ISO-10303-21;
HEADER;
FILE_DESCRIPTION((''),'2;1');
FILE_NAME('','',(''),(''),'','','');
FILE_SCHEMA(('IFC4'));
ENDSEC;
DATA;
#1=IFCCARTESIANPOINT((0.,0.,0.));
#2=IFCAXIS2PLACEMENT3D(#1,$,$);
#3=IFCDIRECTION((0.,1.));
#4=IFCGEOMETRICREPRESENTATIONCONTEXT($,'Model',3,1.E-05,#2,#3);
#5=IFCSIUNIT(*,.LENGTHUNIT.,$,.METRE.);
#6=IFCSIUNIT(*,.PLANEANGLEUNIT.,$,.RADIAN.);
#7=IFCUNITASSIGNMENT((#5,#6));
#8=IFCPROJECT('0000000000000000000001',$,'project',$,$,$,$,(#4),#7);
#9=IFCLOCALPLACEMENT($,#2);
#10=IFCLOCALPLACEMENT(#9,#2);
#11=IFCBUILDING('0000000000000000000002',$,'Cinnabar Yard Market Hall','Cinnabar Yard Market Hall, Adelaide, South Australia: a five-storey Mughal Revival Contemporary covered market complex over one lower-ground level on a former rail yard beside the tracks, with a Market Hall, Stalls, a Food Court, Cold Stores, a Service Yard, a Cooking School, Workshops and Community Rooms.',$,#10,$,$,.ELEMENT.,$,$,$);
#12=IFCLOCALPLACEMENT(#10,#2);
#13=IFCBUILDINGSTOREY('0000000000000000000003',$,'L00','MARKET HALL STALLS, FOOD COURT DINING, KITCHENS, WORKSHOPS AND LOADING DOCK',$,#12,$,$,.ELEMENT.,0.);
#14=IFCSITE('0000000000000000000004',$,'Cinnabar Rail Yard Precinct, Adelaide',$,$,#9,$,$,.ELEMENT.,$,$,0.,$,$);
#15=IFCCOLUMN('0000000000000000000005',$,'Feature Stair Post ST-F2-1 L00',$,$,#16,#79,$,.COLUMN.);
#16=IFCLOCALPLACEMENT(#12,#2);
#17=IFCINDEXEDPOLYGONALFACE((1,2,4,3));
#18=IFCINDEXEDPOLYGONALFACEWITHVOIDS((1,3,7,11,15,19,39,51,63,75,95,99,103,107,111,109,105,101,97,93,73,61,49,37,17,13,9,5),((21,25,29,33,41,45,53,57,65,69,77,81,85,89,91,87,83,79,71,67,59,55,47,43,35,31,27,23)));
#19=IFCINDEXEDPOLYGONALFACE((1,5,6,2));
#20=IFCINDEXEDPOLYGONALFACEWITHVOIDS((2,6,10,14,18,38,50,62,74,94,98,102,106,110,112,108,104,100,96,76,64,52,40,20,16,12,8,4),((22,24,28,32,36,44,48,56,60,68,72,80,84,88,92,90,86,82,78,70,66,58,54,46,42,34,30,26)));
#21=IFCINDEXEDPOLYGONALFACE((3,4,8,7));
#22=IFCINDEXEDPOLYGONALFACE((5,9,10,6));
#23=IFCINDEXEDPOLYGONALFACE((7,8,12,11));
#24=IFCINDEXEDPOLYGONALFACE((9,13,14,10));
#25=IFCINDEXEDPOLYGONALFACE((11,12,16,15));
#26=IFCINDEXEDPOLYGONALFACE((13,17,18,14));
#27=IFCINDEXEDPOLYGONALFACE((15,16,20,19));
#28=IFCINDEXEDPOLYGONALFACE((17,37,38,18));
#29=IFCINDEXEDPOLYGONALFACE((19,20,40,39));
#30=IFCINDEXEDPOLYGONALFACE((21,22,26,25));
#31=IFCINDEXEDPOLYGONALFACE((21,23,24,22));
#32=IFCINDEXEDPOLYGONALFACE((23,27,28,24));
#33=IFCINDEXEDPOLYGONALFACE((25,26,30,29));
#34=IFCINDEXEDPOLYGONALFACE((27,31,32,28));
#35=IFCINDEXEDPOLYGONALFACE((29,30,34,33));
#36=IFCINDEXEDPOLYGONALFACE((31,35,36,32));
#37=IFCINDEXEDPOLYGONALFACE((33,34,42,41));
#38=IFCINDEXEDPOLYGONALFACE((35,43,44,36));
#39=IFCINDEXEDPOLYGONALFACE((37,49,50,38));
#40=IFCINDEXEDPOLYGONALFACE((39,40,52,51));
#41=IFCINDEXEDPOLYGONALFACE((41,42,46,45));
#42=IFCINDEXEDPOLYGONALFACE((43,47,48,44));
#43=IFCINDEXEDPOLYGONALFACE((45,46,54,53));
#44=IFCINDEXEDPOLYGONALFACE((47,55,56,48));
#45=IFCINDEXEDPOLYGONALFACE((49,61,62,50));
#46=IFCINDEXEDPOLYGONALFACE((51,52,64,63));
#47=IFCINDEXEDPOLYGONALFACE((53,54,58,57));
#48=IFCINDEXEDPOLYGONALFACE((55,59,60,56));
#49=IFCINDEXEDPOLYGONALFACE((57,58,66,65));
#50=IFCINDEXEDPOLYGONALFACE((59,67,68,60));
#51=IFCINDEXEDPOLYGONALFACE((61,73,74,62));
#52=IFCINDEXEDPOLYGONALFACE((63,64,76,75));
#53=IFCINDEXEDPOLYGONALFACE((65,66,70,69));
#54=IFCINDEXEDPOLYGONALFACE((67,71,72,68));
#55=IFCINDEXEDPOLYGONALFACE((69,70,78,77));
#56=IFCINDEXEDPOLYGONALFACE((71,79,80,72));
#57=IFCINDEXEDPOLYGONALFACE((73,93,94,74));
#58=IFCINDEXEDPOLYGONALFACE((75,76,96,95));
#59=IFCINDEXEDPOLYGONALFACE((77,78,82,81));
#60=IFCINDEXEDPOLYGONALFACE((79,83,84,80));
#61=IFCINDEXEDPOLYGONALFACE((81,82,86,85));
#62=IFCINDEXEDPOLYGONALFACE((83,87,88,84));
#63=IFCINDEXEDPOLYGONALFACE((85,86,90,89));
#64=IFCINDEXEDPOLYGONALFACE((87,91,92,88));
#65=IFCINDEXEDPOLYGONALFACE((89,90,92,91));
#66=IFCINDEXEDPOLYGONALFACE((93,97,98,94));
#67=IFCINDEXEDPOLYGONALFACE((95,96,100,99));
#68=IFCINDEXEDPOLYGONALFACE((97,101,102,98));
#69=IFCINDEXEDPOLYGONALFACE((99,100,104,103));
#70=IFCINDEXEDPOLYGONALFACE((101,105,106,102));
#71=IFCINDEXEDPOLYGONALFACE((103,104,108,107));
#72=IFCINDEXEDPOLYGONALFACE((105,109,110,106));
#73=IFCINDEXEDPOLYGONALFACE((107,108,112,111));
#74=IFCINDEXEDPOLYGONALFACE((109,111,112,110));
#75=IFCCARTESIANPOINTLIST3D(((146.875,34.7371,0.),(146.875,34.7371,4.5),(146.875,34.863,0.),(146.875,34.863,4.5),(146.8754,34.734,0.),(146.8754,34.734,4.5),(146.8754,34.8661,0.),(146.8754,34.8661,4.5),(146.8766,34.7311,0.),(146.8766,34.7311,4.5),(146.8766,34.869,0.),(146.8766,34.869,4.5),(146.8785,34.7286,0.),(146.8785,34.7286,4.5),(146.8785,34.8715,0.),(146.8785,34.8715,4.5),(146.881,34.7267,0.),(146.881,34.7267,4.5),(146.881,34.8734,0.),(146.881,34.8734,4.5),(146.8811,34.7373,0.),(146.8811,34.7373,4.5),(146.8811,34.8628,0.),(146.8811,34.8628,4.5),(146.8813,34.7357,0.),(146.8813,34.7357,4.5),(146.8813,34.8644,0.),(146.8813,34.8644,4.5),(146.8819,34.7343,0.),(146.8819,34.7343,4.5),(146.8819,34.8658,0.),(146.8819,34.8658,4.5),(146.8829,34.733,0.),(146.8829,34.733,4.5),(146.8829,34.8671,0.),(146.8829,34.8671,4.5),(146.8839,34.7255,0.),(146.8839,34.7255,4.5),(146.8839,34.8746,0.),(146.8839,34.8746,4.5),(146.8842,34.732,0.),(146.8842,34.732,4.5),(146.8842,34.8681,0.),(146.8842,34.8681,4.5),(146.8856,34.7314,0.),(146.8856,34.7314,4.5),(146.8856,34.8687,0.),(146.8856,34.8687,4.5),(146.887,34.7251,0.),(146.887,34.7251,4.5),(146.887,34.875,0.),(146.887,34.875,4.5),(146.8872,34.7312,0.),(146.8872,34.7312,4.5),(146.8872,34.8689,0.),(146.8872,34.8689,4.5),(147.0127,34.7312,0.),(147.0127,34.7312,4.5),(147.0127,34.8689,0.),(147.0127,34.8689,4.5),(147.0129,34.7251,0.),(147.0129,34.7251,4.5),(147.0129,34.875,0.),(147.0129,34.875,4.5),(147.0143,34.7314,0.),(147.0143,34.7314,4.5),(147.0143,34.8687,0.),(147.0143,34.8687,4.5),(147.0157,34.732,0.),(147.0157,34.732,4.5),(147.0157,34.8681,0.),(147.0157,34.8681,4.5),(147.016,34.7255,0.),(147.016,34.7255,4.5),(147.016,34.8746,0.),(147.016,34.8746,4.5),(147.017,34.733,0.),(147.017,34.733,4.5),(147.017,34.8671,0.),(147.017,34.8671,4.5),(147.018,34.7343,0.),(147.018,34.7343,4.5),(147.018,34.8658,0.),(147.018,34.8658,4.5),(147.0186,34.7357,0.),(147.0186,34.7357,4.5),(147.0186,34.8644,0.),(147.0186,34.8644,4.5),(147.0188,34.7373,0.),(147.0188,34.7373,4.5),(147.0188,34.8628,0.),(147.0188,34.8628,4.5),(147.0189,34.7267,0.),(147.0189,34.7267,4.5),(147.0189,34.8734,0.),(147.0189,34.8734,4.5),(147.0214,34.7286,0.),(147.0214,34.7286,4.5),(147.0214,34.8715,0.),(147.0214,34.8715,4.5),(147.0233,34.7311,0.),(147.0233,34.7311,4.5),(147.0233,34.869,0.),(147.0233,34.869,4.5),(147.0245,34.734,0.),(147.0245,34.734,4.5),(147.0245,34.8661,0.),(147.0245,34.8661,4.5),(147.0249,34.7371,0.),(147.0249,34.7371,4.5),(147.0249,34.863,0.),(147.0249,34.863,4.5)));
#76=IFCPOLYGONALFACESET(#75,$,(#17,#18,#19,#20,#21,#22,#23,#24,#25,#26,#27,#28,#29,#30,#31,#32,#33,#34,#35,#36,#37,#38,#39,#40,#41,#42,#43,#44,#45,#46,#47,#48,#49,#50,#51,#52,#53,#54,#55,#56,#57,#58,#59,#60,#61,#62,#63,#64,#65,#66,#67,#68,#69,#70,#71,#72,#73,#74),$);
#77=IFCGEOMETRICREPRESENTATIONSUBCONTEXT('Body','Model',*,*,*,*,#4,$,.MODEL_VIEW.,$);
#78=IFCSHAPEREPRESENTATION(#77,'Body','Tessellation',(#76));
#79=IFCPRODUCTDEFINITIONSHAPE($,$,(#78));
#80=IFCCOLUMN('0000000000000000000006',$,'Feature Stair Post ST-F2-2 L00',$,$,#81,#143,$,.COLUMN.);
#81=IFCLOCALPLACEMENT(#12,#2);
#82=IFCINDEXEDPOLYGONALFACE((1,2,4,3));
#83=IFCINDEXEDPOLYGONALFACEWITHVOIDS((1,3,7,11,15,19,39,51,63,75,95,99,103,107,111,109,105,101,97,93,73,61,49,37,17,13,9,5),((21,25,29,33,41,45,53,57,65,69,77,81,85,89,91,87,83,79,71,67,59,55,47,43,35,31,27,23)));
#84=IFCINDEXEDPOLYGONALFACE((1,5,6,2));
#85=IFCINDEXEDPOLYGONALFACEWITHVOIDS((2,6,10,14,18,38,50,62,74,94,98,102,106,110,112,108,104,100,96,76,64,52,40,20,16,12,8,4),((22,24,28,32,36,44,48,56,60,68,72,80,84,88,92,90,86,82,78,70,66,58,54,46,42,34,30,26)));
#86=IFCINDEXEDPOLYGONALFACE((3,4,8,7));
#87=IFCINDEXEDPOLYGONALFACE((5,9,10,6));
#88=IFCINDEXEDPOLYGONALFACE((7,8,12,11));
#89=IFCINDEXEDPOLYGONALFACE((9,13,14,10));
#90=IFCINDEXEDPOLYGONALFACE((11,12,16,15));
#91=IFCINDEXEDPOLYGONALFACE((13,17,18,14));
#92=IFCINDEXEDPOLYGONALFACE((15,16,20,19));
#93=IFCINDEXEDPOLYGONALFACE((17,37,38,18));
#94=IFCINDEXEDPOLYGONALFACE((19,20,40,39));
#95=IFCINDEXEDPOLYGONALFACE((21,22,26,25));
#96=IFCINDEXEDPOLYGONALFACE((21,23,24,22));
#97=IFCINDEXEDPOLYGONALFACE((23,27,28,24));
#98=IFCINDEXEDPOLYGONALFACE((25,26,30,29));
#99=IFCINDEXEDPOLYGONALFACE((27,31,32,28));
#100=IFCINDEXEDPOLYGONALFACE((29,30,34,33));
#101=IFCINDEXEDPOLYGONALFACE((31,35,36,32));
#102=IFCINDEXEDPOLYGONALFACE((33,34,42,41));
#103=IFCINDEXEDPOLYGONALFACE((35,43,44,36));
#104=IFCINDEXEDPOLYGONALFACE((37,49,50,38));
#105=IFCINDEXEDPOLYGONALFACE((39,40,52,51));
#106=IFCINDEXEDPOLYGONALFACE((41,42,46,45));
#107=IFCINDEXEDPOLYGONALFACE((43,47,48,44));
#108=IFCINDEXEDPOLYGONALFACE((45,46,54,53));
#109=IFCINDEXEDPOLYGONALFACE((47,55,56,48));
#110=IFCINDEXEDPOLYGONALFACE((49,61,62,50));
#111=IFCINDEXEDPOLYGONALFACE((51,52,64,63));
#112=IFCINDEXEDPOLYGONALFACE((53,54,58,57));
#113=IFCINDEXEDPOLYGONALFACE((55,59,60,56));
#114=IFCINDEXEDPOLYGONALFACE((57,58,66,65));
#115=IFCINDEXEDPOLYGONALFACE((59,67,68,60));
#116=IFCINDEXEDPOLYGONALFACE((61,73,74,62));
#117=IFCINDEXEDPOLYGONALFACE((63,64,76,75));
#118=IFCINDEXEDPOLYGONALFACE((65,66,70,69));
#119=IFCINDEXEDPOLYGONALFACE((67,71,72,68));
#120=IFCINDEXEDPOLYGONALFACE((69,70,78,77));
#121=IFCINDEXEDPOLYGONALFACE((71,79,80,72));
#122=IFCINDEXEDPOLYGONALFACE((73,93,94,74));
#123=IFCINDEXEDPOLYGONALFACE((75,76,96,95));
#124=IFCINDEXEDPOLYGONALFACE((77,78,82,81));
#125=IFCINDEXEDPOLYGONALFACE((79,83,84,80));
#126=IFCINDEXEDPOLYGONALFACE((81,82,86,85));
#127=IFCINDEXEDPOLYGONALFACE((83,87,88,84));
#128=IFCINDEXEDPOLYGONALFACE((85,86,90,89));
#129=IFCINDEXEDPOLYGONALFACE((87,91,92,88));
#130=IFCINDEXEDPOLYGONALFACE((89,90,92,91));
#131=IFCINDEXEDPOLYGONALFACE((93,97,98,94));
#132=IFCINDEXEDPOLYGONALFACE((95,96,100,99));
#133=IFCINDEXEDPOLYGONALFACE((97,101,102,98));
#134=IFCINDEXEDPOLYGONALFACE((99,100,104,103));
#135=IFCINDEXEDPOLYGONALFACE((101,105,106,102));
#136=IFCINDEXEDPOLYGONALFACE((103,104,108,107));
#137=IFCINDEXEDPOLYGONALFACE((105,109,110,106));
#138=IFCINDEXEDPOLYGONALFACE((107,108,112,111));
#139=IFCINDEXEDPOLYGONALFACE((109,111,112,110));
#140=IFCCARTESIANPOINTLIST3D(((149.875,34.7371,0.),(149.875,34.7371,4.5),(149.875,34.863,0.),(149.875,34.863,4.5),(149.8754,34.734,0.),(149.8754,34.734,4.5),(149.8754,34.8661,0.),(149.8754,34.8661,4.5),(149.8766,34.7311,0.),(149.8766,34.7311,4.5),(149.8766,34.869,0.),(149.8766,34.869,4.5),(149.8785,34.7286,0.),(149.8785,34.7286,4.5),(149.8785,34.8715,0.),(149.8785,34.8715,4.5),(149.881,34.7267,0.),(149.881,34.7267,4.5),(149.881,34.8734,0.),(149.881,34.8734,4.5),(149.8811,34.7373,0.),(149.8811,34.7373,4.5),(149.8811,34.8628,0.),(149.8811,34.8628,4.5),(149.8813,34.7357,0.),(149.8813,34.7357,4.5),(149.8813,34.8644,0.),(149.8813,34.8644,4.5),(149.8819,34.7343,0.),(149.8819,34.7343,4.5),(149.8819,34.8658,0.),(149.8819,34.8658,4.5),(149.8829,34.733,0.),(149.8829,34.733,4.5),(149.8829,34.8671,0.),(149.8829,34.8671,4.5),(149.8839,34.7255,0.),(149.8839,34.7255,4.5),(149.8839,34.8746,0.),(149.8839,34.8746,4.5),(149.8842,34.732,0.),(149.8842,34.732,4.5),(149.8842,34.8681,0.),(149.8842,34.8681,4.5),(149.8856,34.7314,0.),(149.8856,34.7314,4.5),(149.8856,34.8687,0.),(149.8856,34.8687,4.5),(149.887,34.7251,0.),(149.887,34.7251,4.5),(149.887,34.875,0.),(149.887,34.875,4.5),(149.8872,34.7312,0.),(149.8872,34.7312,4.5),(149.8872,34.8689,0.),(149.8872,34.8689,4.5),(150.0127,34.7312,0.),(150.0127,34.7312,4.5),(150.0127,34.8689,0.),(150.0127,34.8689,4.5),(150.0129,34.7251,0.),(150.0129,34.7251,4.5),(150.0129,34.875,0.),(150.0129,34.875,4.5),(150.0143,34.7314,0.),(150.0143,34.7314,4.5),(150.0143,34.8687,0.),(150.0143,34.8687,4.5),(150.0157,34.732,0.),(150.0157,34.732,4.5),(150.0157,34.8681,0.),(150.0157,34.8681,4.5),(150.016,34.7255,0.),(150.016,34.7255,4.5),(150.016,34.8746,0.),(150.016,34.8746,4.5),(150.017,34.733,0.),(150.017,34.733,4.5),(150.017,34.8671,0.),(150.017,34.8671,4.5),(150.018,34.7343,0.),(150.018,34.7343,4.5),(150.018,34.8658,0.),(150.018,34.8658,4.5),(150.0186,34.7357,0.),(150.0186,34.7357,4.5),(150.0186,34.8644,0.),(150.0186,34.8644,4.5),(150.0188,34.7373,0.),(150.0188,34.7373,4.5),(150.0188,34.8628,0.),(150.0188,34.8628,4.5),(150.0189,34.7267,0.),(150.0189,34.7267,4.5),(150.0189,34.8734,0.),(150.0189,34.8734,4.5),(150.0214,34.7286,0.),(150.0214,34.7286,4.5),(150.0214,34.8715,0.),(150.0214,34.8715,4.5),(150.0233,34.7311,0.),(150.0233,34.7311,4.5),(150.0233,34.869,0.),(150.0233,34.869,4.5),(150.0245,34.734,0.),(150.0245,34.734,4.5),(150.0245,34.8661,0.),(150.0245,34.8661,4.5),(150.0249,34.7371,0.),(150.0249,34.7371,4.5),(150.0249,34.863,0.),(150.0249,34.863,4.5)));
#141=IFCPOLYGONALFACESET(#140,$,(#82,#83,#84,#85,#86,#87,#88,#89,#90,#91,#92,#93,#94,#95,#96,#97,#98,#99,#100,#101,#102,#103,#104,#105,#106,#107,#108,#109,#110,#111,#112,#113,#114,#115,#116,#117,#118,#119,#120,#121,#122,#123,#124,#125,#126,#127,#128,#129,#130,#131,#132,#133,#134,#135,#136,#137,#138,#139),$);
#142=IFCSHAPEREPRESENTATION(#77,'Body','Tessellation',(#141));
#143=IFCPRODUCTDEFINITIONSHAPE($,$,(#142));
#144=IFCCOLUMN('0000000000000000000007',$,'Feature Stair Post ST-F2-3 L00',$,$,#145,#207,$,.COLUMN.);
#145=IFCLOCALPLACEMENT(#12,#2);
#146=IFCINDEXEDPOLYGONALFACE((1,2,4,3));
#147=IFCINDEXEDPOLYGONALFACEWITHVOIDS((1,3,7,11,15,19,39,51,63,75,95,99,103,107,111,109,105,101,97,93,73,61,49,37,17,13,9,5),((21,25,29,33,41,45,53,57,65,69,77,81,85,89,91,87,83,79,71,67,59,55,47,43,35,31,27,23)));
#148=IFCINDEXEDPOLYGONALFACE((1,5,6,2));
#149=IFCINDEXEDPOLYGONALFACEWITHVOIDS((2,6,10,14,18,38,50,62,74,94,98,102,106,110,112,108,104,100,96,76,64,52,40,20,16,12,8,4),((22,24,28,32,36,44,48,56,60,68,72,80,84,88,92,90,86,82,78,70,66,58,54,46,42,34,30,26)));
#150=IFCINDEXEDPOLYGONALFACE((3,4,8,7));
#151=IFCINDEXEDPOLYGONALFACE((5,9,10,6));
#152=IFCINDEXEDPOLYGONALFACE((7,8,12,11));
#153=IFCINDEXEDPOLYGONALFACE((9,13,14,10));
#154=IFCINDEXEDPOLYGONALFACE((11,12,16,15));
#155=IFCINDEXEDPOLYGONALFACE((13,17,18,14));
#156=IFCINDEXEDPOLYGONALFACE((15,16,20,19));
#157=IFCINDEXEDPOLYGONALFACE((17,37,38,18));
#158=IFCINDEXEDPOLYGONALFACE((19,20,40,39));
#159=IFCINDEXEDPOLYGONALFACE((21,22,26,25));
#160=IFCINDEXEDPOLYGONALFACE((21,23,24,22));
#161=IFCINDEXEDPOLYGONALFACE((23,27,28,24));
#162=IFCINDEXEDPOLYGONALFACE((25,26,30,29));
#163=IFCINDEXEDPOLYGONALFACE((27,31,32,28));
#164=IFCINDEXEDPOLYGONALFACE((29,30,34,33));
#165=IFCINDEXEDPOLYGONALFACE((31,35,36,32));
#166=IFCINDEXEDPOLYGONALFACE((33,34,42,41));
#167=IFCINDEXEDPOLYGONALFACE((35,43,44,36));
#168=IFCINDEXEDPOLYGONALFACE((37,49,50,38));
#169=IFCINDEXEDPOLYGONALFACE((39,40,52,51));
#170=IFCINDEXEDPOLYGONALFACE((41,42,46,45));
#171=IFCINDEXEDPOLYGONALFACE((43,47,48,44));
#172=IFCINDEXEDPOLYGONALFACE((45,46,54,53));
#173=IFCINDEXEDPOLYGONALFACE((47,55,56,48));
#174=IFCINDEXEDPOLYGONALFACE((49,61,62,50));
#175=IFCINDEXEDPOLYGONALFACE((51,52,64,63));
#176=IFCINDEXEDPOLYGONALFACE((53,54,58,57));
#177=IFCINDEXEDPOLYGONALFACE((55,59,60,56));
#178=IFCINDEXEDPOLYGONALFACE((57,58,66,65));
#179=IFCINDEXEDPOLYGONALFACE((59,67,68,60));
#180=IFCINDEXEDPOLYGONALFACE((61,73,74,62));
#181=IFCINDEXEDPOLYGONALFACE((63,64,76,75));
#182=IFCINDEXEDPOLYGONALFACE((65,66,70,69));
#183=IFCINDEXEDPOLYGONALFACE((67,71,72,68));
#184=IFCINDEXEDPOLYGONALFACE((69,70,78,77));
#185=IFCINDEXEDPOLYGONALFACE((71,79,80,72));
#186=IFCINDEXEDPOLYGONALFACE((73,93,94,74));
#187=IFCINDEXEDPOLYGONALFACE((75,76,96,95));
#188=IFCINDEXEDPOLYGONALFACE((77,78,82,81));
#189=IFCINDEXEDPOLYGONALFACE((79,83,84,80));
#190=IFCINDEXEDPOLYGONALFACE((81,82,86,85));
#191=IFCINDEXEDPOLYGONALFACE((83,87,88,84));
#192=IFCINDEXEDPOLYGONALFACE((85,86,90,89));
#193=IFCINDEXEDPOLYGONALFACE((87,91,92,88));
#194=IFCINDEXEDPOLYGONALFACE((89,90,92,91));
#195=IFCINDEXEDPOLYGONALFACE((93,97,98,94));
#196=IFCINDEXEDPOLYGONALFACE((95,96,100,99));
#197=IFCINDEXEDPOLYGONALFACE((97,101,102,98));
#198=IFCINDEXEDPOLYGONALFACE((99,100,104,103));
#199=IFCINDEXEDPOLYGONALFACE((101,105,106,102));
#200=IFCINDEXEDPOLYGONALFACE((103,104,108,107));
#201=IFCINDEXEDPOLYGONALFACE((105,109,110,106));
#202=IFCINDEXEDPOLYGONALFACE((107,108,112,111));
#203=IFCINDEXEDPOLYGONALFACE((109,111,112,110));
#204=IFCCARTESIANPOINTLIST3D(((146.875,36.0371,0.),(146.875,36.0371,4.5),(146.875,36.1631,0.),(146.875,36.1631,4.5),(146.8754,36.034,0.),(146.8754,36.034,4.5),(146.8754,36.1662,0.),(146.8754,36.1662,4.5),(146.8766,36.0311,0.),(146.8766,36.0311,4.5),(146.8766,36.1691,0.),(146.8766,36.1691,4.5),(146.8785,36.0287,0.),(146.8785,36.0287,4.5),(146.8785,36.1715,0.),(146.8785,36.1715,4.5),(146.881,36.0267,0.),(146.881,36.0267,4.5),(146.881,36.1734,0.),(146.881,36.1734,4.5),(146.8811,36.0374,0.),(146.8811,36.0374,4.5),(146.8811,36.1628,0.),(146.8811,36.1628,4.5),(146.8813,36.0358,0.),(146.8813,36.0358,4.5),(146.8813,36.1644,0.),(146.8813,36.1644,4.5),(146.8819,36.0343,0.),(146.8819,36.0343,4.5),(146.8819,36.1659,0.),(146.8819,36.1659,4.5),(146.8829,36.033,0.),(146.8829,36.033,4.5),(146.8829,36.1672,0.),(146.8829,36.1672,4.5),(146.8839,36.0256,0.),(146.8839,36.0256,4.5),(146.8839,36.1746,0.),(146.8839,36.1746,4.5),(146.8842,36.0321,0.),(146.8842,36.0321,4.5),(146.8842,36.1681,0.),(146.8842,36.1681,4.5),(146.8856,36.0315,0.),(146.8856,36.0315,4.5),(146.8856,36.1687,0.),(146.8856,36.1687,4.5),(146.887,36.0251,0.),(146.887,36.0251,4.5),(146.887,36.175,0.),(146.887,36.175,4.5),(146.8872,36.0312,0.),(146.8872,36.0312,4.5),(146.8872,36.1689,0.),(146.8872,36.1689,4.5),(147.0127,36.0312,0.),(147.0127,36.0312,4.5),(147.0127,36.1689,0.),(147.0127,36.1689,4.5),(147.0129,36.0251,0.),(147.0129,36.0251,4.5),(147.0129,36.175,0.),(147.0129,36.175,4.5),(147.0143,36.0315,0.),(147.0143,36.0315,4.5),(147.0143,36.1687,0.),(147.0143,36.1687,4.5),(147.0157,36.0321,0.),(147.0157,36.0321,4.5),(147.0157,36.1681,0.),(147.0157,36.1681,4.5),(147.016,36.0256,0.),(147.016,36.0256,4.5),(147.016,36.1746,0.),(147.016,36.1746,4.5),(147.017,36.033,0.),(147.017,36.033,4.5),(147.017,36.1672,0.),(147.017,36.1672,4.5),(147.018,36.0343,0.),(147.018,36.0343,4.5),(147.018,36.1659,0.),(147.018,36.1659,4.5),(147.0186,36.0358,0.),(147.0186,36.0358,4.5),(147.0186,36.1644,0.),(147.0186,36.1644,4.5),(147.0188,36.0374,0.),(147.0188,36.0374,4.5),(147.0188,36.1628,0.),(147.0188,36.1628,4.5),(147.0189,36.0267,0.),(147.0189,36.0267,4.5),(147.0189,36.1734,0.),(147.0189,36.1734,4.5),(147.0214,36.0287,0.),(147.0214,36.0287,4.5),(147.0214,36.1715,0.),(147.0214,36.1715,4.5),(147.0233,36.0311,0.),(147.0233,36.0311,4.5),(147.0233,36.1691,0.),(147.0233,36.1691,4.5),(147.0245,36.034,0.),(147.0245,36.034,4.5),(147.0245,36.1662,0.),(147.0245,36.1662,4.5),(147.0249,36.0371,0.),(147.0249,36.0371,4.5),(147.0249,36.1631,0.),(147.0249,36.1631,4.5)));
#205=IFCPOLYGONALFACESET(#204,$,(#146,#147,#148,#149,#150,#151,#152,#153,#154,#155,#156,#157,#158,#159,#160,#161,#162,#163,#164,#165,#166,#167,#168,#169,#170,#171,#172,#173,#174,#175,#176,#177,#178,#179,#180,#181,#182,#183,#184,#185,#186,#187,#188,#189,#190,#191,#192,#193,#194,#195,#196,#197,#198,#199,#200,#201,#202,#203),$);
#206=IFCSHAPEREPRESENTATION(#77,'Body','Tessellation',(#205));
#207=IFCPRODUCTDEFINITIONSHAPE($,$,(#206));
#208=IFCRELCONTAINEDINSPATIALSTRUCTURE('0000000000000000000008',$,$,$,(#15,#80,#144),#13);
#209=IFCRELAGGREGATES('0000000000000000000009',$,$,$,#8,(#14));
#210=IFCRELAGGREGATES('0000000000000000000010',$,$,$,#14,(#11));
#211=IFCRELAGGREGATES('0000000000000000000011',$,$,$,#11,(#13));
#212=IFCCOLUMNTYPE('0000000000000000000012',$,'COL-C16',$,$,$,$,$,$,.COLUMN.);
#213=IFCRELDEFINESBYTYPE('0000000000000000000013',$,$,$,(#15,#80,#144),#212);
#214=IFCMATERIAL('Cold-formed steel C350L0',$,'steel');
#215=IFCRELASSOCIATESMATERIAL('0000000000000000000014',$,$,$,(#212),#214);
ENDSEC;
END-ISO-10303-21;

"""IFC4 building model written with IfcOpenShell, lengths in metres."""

from ifc_helpers import new_model, si_unit, direction, frame, origin, origin_2d_with_axis, place, context, subcontext, project, spatial, hollow_rectangle, extrude, material, material_profile, profile_set, type_object, element, save


model = new_model("IFC4")

# Units and contexts
model_context = context("Model", 3, precision=1e-05, world=origin(), true_north=direction((0.0, 1.0)))
body_context = subcontext(model_context, "Body", "Model", "MODEL_VIEW")
ifc_project = project(units=[si_unit("LENGTHUNIT", "METRE"), si_unit("PLANEANGLEUNIT", "RADIAN")], contexts=[model_context])

# Site, building, storey
site_placement = place(None, origin())
site = spatial("IfcSite", under=ifc_project, at=site_placement, Name="Cinnabar Rail Yard Precinct, Adelaide", CompositionType="ELEMENT", RefElevation=0.0)
building_placement = place(site_placement, origin())
building = spatial("IfcBuilding", under=site, at=building_placement, Name="Cinnabar Yard Market Hall", Description="Cinnabar Yard Market Hall, Adelaide, South Australia: a five-storey Mughal Revival Contemporary covered market complex over one lower-ground level on a former rail yard beside the tracks, with a Market Hall, Stalls, a Food Court, Cold Stores, a Service Yard, a Cooking School, Workshops and Community Rooms.", CompositionType="ELEMENT")
storey_placement = place(building_placement, origin())
storey = spatial("IfcBuildingStorey", under=building, at=storey_placement, Name="L00", Description="MARKET HALL STALLS, FOOD COURT DINING, KITCHENS, WORKSHOPS AND LOADING DOCK", CompositionType="ELEMENT", Elevation=0.0)

# Columns
ifc_material_1 = material(Name="Cold-formed steel C350L0", Category="steel")
ifc_material_profile_1 = material_profile(ifc_material_1, hollow_rectangle(XDim=0.1499, YDim=0.1499, WallThickness=0.0061, InnerFilletRadius=0.0061, OuterFilletRadius=0.012, at=origin_2d_with_axis()), Name="150x150x6.0SHS")
ifc_profile_set_1 = profile_set([ifc_material_profile_1], Name="Cold-formed steel C350L0")
column_type_1 = type_object("IfcColumnType", Name="COL-C16", PredefinedType="COLUMN", material=ifc_profile_set_1)
for number, where, z_axis, x_axis, name in (
    (1, (146.95, 34.8, 0.0), (0.0, 0.0, 1.0), (1.0, 0.0, 0.0), "Feature Stair Post ST-F2-1 L00"),
    (2, (149.95, 34.8, 0.0), (0.0, 0.0, 1.0), (1.0, 0.0, 0.0), "Feature Stair Post ST-F2-2 L00"),
    (3, (146.95, 36.1001, 0.0), (0.0, 0.0, 1.0), (1.0, 0.0, 0.0), "Feature Stair Post ST-F2-3 L00"),
):
    element("IfcColumn", number, at=place(storey_placement, frame(where, z_axis=z_axis, x_axis=x_axis)), inside=storey, type_object=column_type_1, Name=name, PredefinedType="COLUMN", context=body_context, shape_type="SweptSolid", body=[
        extrude(hollow_rectangle(XDim=0.1499, YDim=0.1499, WallThickness=0.0061, InnerFilletRadius=0.0061, OuterFilletRadius=0.012, at=origin_2d_with_axis()), origin(), (0.0, 0.0, 1.0), 4.5),
    ])

save(model, "model.ifc")
